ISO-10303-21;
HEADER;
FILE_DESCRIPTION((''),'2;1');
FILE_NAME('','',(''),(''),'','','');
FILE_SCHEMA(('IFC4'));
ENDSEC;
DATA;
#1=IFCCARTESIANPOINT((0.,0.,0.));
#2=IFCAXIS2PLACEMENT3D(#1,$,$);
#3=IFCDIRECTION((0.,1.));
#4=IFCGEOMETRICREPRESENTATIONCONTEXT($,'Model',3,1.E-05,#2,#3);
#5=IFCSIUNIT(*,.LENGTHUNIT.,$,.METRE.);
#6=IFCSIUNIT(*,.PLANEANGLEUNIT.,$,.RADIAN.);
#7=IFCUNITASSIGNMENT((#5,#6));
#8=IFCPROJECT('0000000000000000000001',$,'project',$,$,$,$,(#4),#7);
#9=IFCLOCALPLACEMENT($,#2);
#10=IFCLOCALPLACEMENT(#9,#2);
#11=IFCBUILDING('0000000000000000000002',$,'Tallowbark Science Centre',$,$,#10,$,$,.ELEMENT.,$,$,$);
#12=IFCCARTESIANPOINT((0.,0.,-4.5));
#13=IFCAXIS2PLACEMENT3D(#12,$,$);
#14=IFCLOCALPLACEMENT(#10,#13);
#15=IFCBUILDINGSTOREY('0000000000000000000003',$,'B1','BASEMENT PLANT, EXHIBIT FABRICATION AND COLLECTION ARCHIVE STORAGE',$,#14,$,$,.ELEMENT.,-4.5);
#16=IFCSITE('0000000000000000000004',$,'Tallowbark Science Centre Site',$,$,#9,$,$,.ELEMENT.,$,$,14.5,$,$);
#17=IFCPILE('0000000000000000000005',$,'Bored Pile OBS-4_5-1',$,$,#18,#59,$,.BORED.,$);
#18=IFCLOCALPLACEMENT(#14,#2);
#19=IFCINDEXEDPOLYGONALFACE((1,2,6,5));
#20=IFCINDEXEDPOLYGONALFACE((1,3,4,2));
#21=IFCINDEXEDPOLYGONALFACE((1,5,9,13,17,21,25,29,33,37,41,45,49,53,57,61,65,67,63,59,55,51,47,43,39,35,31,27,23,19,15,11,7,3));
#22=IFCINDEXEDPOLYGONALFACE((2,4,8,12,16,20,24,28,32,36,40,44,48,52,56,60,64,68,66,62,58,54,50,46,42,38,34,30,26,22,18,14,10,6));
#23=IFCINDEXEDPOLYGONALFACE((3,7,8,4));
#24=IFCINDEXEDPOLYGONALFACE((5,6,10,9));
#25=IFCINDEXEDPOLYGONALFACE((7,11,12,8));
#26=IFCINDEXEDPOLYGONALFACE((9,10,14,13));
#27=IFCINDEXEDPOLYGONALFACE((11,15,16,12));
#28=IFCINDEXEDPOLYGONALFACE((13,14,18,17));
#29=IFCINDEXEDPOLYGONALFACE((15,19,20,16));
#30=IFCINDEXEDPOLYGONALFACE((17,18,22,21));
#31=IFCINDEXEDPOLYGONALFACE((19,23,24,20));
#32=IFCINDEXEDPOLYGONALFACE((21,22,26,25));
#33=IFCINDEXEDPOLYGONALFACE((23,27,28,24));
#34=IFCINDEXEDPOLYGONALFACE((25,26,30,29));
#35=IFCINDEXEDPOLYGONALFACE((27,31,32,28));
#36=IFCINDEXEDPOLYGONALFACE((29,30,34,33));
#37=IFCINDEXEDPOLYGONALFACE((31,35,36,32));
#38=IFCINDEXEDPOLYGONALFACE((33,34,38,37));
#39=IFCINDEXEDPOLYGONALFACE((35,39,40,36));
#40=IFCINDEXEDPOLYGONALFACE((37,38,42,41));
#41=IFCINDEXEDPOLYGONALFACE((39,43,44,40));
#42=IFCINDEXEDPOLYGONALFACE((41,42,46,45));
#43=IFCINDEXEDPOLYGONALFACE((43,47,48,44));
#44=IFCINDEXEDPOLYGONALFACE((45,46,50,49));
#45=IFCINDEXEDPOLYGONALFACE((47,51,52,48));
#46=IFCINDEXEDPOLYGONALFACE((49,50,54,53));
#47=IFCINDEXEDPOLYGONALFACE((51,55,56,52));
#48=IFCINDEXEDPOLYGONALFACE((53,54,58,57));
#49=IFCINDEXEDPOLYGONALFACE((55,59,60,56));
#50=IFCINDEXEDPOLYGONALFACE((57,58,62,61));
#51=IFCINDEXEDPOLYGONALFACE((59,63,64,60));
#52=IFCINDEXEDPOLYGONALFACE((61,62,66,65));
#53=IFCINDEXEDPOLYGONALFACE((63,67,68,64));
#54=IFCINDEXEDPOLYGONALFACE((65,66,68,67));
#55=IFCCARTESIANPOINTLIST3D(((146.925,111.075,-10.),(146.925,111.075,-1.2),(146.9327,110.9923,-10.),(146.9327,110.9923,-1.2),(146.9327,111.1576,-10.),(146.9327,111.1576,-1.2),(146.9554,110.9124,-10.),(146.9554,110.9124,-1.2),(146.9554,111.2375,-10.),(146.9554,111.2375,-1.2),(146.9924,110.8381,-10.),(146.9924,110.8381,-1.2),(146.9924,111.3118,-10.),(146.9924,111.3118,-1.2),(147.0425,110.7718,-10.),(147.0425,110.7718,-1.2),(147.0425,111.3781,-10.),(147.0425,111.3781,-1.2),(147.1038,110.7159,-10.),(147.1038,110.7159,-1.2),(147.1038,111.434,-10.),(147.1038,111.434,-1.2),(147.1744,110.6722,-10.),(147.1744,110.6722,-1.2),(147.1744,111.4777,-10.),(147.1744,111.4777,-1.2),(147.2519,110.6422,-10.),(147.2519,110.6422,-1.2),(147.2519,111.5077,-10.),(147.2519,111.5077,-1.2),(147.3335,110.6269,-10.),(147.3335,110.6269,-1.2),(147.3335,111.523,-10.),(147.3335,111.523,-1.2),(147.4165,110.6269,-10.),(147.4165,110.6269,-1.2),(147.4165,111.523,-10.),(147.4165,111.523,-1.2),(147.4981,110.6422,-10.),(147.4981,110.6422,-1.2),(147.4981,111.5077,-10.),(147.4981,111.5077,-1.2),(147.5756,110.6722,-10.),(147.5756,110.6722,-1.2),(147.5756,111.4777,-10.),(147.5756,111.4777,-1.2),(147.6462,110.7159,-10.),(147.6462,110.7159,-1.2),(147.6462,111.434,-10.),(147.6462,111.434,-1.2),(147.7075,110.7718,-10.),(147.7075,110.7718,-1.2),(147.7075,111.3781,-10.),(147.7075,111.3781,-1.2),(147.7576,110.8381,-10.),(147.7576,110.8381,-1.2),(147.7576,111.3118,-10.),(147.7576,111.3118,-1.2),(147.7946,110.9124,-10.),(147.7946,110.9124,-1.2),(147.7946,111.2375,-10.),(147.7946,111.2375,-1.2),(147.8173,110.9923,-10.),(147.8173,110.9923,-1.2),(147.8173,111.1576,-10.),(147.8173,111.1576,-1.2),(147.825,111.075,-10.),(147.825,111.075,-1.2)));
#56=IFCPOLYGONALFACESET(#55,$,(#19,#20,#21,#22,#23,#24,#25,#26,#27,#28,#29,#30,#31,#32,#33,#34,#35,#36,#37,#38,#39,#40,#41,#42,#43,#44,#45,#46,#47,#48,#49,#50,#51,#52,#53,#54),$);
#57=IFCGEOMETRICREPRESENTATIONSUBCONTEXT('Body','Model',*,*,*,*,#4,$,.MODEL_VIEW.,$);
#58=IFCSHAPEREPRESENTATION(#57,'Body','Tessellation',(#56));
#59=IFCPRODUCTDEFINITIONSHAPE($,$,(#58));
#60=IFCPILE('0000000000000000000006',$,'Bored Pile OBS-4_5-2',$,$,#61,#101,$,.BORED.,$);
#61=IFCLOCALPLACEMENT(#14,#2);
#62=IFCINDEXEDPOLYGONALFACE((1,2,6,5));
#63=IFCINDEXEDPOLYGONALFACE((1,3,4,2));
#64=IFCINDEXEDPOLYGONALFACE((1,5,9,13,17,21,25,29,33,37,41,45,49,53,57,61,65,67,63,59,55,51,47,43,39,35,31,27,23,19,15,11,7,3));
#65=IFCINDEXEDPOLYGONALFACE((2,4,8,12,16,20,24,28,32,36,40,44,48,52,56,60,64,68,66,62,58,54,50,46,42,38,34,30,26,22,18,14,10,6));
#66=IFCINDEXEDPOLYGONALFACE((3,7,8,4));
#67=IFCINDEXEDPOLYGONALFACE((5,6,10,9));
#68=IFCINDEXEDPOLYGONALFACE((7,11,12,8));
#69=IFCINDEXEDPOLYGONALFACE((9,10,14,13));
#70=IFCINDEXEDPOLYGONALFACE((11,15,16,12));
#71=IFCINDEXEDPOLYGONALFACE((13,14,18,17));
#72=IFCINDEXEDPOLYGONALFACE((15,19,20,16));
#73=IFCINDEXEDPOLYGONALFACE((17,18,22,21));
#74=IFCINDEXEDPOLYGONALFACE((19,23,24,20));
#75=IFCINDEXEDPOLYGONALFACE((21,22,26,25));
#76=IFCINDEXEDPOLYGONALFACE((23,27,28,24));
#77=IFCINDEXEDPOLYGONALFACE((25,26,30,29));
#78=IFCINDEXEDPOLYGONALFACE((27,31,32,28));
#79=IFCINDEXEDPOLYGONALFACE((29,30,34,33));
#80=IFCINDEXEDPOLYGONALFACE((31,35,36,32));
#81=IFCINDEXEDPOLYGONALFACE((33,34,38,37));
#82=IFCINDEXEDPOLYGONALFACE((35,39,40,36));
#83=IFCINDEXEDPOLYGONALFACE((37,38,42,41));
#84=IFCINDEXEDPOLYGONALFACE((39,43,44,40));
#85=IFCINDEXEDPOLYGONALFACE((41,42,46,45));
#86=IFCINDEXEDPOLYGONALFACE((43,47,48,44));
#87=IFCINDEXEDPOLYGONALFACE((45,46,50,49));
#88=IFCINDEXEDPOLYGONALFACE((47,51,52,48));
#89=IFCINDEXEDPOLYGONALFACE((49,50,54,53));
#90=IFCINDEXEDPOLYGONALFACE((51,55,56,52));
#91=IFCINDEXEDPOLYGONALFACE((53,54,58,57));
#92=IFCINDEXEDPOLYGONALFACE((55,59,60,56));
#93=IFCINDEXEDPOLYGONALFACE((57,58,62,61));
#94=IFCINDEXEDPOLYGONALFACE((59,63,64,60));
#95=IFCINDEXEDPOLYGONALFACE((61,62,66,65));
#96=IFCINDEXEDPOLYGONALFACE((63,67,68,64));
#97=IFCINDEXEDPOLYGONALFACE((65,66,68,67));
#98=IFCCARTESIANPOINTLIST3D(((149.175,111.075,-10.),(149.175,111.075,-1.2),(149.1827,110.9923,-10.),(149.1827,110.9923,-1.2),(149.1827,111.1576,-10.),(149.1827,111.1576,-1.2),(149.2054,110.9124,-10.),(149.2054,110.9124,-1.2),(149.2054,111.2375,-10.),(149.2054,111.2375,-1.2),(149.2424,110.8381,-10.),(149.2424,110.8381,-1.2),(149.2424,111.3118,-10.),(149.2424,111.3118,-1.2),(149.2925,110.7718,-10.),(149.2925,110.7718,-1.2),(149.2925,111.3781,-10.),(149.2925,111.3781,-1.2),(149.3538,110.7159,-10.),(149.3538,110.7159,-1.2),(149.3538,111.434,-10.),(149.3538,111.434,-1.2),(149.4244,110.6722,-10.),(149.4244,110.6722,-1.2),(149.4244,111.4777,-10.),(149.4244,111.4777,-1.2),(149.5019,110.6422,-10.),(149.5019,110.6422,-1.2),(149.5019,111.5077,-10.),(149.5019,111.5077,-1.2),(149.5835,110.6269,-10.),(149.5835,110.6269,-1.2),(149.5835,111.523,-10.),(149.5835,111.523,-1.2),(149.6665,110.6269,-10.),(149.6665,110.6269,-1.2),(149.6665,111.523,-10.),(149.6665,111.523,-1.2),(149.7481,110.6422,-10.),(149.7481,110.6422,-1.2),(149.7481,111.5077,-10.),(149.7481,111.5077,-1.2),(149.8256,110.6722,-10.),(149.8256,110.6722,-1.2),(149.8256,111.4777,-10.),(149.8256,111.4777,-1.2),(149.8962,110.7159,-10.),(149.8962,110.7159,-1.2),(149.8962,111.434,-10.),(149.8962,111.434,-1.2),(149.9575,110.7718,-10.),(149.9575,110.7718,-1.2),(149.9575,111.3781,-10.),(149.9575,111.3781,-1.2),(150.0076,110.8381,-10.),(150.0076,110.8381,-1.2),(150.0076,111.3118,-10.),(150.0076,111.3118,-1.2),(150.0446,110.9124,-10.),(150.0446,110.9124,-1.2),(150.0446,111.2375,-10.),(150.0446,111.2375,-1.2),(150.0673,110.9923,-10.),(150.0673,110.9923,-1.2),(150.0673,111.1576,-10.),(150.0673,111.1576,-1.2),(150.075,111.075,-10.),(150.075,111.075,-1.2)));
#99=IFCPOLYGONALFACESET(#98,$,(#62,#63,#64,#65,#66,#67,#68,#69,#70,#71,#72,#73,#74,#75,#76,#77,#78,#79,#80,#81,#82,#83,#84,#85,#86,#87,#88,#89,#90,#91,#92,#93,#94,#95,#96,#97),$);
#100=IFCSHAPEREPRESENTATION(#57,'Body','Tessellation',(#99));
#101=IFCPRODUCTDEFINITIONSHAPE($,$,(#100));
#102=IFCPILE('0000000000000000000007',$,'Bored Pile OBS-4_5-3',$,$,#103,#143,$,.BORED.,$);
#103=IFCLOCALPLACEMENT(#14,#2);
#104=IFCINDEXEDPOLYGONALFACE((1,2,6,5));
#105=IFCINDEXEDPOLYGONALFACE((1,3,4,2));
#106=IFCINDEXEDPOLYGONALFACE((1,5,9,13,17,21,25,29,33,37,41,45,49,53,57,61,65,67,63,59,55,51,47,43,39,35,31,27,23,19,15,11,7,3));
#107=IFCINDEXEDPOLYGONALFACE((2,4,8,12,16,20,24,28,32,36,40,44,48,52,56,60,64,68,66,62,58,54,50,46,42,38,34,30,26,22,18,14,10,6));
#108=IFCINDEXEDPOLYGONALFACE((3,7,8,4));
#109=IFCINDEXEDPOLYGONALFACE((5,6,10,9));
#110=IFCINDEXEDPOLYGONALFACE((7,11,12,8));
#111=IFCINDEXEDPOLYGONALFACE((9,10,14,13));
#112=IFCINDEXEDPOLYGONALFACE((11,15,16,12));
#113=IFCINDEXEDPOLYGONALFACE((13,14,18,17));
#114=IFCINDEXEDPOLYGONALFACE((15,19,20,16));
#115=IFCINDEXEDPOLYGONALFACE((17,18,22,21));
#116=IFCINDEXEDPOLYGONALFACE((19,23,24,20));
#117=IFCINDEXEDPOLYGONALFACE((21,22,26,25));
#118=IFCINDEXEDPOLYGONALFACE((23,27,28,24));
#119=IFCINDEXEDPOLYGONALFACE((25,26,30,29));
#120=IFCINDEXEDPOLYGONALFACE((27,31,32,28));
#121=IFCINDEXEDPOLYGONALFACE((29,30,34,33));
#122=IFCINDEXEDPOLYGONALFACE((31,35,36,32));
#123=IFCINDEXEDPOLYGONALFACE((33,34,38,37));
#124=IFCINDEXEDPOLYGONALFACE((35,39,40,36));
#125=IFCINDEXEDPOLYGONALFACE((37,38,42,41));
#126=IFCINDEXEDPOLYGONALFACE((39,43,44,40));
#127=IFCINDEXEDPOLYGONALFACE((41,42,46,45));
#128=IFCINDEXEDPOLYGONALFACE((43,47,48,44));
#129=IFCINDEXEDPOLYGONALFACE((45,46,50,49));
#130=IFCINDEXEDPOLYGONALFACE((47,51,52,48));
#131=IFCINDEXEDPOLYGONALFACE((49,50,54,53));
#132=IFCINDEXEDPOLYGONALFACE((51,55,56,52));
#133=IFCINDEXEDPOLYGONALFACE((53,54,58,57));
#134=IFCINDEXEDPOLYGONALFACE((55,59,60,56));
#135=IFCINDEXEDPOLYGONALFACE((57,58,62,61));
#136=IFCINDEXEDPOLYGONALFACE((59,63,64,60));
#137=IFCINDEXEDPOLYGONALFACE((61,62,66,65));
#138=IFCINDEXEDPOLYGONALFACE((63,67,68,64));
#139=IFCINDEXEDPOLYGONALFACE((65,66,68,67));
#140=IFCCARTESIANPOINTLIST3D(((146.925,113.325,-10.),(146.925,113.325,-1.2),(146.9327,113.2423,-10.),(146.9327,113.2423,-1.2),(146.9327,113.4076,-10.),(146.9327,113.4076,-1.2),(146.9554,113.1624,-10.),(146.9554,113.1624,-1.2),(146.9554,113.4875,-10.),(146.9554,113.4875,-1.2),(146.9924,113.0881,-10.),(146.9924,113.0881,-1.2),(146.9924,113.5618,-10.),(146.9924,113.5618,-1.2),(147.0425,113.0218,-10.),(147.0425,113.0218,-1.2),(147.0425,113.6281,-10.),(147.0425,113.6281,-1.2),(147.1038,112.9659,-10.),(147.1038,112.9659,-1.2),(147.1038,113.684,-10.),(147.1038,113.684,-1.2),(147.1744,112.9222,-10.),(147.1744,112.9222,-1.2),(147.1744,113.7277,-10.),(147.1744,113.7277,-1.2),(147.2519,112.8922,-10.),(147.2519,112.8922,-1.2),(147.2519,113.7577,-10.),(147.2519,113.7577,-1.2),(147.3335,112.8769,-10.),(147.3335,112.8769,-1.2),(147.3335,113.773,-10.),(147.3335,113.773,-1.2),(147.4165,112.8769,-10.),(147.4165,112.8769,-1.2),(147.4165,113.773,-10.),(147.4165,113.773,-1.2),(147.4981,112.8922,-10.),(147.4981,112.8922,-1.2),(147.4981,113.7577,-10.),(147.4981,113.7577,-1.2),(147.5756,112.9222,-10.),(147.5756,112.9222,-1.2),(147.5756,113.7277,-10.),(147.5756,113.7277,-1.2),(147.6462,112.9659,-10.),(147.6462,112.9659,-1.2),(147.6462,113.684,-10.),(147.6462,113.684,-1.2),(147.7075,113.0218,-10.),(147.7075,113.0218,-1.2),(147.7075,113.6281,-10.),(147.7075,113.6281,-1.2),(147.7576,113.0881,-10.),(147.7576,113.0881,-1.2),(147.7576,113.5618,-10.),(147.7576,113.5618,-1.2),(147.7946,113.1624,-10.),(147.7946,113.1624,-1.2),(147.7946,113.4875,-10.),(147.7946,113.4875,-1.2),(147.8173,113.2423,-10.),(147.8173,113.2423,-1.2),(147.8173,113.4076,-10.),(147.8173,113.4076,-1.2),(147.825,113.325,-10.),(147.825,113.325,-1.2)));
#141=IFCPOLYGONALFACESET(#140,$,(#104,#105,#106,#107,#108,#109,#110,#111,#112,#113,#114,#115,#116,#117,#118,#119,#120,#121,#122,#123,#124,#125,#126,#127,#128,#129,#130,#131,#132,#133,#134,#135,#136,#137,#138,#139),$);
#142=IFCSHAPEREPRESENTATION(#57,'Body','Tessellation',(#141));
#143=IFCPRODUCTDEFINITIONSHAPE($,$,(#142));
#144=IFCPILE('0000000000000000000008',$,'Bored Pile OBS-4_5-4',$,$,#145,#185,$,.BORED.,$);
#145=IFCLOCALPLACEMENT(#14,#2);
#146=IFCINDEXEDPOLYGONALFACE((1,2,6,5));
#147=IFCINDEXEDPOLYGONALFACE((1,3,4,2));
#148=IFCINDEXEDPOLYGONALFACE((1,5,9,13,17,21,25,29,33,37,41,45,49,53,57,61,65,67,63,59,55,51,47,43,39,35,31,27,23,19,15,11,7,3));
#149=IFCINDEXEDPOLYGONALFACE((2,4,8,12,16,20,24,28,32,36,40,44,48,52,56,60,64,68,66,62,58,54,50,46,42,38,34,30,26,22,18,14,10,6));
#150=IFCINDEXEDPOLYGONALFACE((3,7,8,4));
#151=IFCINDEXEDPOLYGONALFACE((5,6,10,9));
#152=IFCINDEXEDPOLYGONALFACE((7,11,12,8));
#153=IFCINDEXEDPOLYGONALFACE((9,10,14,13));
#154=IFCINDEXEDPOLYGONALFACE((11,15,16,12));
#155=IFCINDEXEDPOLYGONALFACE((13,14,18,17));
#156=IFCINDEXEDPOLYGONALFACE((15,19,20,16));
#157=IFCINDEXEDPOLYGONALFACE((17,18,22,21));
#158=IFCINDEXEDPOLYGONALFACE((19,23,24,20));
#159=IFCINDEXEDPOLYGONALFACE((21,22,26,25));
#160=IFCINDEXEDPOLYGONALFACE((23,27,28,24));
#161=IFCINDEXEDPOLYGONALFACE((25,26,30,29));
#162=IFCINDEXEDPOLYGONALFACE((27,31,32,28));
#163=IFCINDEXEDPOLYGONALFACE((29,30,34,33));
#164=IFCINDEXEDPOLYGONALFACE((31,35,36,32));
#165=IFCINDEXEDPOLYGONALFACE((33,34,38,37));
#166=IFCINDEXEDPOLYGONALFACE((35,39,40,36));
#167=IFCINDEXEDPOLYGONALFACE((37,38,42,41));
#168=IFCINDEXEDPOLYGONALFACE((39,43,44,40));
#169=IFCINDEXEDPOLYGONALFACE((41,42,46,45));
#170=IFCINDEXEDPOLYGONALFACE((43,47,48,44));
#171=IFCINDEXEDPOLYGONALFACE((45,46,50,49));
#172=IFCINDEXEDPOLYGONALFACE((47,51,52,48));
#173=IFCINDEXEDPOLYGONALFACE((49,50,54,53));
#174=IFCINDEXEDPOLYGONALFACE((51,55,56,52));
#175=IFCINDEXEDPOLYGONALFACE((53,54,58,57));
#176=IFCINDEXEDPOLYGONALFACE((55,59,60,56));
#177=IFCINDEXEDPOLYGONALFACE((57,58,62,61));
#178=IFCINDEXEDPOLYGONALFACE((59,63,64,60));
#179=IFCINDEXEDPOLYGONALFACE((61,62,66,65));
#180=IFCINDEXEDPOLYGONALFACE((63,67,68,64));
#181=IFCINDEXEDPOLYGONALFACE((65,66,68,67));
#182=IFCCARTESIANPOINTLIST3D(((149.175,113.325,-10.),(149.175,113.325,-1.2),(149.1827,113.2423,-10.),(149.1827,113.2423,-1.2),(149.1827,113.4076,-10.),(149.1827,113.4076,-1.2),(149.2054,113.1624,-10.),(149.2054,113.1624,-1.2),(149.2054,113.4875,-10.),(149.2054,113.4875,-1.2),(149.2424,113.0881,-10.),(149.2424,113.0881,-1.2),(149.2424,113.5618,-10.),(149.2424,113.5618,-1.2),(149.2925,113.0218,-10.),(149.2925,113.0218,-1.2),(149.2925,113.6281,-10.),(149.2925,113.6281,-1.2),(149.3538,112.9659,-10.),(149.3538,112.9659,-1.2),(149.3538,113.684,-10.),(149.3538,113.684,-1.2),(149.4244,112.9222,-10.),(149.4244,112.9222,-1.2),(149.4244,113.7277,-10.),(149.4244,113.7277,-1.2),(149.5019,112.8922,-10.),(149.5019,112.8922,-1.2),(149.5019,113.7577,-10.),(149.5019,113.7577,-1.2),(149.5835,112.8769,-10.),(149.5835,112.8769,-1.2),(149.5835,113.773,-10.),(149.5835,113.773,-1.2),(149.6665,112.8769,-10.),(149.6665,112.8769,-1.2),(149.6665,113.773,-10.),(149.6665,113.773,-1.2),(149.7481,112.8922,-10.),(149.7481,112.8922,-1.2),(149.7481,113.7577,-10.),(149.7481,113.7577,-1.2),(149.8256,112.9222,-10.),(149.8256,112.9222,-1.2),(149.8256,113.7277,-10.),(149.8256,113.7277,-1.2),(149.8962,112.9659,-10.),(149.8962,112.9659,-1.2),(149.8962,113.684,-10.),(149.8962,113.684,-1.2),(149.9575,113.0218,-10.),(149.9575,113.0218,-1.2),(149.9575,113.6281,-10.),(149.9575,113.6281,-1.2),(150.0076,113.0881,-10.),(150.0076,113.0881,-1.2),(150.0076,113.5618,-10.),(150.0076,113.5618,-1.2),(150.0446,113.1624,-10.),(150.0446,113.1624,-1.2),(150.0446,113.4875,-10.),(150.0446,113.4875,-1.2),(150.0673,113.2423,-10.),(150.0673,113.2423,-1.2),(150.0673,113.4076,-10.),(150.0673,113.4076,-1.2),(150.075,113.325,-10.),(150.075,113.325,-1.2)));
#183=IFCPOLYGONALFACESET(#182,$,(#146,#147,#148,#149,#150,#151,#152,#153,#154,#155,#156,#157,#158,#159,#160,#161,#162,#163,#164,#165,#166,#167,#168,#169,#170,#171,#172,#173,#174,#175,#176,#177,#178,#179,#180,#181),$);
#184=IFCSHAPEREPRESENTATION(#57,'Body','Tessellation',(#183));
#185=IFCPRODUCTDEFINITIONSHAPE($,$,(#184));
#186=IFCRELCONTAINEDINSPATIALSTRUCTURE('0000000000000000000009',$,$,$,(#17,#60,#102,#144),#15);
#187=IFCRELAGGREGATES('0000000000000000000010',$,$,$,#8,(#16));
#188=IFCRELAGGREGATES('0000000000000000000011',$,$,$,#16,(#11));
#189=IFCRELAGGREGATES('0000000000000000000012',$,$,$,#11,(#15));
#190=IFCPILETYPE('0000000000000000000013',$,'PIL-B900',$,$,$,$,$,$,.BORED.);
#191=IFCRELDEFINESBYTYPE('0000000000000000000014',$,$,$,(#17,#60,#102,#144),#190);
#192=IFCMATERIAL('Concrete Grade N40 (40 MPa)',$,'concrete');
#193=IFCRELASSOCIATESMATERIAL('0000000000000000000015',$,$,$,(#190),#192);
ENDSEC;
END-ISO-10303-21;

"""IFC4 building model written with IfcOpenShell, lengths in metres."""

from ifc_helpers import new_model, si_unit, direction, frame, origin, origin_2d, place, context, subcontext, project, spatial, circle, extrude, material, material_profile, profile_set, type_object, element, save


model = new_model("IFC4")

# Units and contexts
model_context = context("Model", 3, precision=1e-05, world=origin(), true_north=direction((0.0, 1.0)))
body_context = subcontext(model_context, "Body", "Model", "MODEL_VIEW")
ifc_project = project(units=[si_unit("LENGTHUNIT", "METRE"), si_unit("PLANEANGLEUNIT", "RADIAN")], contexts=[model_context])

# Site, building, storey
site_placement = place(None, origin())
site = spatial("IfcSite", under=ifc_project, at=site_placement, Name="Tallowbark Science Centre Site", CompositionType="ELEMENT", RefElevation=14.5)
building_placement = place(site_placement, origin())
building = spatial("IfcBuilding", under=site, at=building_placement, Name="Tallowbark Science Centre", CompositionType="ELEMENT")
storey_placement = place(building_placement, frame((0.0, 0.0, -4.5)))
storey = spatial("IfcBuildingStorey", under=building, at=storey_placement, Name="B1", Description="BASEMENT PLANT, EXHIBIT FABRICATION AND COLLECTION ARCHIVE STORAGE", CompositionType="ELEMENT", Elevation=-4.5)

# Shared definitions
ifc_material_1 = material(Name="Concrete Grade N40 (40 MPa)", Category="concrete")

# Piles
ifc_material_profile_1 = material_profile(ifc_material_1, circle(Radius=0.45, at=origin_2d()), Name="PILE900")
ifc_profile_set_1 = profile_set([ifc_material_profile_1], Name="Concrete Grade N40 (40 MPa)")
pile_type = type_object("IfcPileType", Name="PIL-B900", PredefinedType="BORED", material=ifc_profile_set_1)
for number, where, z_axis, x_axis, name in (
    (1, (147.375, 111.075, -1.2), (0.0, 0.0, -1.0), (1.0, 0.0, 0.0), "Bored Pile OBS-4_5-1"),
    (2, (149.625, 111.075, -1.2), (0.0, 0.0, -1.0), (1.0, 0.0, 0.0), "Bored Pile OBS-4_5-2"),
    (3, (147.375, 113.325, -1.2), (0.0, 0.0, -1.0), (1.0, 0.0, 0.0), "Bored Pile OBS-4_5-3"),
    (4, (149.625, 113.325, -1.2), (0.0, 0.0, -1.0), (1.0, 0.0, 0.0), "Bored Pile OBS-4_5-4"),
):
    element("IfcPile", number, at=place(storey_placement, frame(where, z_axis=z_axis, x_axis=x_axis)), inside=storey, type_object=pile_type, Name=name, PredefinedType="BORED", context=body_context, shape_type="SweptSolid", body=[
        extrude(circle(Radius=0.45, at=origin_2d()), origin(), (0.0, 0.0, 1.0), 8.8),
    ])

save(model, "model.ifc")
